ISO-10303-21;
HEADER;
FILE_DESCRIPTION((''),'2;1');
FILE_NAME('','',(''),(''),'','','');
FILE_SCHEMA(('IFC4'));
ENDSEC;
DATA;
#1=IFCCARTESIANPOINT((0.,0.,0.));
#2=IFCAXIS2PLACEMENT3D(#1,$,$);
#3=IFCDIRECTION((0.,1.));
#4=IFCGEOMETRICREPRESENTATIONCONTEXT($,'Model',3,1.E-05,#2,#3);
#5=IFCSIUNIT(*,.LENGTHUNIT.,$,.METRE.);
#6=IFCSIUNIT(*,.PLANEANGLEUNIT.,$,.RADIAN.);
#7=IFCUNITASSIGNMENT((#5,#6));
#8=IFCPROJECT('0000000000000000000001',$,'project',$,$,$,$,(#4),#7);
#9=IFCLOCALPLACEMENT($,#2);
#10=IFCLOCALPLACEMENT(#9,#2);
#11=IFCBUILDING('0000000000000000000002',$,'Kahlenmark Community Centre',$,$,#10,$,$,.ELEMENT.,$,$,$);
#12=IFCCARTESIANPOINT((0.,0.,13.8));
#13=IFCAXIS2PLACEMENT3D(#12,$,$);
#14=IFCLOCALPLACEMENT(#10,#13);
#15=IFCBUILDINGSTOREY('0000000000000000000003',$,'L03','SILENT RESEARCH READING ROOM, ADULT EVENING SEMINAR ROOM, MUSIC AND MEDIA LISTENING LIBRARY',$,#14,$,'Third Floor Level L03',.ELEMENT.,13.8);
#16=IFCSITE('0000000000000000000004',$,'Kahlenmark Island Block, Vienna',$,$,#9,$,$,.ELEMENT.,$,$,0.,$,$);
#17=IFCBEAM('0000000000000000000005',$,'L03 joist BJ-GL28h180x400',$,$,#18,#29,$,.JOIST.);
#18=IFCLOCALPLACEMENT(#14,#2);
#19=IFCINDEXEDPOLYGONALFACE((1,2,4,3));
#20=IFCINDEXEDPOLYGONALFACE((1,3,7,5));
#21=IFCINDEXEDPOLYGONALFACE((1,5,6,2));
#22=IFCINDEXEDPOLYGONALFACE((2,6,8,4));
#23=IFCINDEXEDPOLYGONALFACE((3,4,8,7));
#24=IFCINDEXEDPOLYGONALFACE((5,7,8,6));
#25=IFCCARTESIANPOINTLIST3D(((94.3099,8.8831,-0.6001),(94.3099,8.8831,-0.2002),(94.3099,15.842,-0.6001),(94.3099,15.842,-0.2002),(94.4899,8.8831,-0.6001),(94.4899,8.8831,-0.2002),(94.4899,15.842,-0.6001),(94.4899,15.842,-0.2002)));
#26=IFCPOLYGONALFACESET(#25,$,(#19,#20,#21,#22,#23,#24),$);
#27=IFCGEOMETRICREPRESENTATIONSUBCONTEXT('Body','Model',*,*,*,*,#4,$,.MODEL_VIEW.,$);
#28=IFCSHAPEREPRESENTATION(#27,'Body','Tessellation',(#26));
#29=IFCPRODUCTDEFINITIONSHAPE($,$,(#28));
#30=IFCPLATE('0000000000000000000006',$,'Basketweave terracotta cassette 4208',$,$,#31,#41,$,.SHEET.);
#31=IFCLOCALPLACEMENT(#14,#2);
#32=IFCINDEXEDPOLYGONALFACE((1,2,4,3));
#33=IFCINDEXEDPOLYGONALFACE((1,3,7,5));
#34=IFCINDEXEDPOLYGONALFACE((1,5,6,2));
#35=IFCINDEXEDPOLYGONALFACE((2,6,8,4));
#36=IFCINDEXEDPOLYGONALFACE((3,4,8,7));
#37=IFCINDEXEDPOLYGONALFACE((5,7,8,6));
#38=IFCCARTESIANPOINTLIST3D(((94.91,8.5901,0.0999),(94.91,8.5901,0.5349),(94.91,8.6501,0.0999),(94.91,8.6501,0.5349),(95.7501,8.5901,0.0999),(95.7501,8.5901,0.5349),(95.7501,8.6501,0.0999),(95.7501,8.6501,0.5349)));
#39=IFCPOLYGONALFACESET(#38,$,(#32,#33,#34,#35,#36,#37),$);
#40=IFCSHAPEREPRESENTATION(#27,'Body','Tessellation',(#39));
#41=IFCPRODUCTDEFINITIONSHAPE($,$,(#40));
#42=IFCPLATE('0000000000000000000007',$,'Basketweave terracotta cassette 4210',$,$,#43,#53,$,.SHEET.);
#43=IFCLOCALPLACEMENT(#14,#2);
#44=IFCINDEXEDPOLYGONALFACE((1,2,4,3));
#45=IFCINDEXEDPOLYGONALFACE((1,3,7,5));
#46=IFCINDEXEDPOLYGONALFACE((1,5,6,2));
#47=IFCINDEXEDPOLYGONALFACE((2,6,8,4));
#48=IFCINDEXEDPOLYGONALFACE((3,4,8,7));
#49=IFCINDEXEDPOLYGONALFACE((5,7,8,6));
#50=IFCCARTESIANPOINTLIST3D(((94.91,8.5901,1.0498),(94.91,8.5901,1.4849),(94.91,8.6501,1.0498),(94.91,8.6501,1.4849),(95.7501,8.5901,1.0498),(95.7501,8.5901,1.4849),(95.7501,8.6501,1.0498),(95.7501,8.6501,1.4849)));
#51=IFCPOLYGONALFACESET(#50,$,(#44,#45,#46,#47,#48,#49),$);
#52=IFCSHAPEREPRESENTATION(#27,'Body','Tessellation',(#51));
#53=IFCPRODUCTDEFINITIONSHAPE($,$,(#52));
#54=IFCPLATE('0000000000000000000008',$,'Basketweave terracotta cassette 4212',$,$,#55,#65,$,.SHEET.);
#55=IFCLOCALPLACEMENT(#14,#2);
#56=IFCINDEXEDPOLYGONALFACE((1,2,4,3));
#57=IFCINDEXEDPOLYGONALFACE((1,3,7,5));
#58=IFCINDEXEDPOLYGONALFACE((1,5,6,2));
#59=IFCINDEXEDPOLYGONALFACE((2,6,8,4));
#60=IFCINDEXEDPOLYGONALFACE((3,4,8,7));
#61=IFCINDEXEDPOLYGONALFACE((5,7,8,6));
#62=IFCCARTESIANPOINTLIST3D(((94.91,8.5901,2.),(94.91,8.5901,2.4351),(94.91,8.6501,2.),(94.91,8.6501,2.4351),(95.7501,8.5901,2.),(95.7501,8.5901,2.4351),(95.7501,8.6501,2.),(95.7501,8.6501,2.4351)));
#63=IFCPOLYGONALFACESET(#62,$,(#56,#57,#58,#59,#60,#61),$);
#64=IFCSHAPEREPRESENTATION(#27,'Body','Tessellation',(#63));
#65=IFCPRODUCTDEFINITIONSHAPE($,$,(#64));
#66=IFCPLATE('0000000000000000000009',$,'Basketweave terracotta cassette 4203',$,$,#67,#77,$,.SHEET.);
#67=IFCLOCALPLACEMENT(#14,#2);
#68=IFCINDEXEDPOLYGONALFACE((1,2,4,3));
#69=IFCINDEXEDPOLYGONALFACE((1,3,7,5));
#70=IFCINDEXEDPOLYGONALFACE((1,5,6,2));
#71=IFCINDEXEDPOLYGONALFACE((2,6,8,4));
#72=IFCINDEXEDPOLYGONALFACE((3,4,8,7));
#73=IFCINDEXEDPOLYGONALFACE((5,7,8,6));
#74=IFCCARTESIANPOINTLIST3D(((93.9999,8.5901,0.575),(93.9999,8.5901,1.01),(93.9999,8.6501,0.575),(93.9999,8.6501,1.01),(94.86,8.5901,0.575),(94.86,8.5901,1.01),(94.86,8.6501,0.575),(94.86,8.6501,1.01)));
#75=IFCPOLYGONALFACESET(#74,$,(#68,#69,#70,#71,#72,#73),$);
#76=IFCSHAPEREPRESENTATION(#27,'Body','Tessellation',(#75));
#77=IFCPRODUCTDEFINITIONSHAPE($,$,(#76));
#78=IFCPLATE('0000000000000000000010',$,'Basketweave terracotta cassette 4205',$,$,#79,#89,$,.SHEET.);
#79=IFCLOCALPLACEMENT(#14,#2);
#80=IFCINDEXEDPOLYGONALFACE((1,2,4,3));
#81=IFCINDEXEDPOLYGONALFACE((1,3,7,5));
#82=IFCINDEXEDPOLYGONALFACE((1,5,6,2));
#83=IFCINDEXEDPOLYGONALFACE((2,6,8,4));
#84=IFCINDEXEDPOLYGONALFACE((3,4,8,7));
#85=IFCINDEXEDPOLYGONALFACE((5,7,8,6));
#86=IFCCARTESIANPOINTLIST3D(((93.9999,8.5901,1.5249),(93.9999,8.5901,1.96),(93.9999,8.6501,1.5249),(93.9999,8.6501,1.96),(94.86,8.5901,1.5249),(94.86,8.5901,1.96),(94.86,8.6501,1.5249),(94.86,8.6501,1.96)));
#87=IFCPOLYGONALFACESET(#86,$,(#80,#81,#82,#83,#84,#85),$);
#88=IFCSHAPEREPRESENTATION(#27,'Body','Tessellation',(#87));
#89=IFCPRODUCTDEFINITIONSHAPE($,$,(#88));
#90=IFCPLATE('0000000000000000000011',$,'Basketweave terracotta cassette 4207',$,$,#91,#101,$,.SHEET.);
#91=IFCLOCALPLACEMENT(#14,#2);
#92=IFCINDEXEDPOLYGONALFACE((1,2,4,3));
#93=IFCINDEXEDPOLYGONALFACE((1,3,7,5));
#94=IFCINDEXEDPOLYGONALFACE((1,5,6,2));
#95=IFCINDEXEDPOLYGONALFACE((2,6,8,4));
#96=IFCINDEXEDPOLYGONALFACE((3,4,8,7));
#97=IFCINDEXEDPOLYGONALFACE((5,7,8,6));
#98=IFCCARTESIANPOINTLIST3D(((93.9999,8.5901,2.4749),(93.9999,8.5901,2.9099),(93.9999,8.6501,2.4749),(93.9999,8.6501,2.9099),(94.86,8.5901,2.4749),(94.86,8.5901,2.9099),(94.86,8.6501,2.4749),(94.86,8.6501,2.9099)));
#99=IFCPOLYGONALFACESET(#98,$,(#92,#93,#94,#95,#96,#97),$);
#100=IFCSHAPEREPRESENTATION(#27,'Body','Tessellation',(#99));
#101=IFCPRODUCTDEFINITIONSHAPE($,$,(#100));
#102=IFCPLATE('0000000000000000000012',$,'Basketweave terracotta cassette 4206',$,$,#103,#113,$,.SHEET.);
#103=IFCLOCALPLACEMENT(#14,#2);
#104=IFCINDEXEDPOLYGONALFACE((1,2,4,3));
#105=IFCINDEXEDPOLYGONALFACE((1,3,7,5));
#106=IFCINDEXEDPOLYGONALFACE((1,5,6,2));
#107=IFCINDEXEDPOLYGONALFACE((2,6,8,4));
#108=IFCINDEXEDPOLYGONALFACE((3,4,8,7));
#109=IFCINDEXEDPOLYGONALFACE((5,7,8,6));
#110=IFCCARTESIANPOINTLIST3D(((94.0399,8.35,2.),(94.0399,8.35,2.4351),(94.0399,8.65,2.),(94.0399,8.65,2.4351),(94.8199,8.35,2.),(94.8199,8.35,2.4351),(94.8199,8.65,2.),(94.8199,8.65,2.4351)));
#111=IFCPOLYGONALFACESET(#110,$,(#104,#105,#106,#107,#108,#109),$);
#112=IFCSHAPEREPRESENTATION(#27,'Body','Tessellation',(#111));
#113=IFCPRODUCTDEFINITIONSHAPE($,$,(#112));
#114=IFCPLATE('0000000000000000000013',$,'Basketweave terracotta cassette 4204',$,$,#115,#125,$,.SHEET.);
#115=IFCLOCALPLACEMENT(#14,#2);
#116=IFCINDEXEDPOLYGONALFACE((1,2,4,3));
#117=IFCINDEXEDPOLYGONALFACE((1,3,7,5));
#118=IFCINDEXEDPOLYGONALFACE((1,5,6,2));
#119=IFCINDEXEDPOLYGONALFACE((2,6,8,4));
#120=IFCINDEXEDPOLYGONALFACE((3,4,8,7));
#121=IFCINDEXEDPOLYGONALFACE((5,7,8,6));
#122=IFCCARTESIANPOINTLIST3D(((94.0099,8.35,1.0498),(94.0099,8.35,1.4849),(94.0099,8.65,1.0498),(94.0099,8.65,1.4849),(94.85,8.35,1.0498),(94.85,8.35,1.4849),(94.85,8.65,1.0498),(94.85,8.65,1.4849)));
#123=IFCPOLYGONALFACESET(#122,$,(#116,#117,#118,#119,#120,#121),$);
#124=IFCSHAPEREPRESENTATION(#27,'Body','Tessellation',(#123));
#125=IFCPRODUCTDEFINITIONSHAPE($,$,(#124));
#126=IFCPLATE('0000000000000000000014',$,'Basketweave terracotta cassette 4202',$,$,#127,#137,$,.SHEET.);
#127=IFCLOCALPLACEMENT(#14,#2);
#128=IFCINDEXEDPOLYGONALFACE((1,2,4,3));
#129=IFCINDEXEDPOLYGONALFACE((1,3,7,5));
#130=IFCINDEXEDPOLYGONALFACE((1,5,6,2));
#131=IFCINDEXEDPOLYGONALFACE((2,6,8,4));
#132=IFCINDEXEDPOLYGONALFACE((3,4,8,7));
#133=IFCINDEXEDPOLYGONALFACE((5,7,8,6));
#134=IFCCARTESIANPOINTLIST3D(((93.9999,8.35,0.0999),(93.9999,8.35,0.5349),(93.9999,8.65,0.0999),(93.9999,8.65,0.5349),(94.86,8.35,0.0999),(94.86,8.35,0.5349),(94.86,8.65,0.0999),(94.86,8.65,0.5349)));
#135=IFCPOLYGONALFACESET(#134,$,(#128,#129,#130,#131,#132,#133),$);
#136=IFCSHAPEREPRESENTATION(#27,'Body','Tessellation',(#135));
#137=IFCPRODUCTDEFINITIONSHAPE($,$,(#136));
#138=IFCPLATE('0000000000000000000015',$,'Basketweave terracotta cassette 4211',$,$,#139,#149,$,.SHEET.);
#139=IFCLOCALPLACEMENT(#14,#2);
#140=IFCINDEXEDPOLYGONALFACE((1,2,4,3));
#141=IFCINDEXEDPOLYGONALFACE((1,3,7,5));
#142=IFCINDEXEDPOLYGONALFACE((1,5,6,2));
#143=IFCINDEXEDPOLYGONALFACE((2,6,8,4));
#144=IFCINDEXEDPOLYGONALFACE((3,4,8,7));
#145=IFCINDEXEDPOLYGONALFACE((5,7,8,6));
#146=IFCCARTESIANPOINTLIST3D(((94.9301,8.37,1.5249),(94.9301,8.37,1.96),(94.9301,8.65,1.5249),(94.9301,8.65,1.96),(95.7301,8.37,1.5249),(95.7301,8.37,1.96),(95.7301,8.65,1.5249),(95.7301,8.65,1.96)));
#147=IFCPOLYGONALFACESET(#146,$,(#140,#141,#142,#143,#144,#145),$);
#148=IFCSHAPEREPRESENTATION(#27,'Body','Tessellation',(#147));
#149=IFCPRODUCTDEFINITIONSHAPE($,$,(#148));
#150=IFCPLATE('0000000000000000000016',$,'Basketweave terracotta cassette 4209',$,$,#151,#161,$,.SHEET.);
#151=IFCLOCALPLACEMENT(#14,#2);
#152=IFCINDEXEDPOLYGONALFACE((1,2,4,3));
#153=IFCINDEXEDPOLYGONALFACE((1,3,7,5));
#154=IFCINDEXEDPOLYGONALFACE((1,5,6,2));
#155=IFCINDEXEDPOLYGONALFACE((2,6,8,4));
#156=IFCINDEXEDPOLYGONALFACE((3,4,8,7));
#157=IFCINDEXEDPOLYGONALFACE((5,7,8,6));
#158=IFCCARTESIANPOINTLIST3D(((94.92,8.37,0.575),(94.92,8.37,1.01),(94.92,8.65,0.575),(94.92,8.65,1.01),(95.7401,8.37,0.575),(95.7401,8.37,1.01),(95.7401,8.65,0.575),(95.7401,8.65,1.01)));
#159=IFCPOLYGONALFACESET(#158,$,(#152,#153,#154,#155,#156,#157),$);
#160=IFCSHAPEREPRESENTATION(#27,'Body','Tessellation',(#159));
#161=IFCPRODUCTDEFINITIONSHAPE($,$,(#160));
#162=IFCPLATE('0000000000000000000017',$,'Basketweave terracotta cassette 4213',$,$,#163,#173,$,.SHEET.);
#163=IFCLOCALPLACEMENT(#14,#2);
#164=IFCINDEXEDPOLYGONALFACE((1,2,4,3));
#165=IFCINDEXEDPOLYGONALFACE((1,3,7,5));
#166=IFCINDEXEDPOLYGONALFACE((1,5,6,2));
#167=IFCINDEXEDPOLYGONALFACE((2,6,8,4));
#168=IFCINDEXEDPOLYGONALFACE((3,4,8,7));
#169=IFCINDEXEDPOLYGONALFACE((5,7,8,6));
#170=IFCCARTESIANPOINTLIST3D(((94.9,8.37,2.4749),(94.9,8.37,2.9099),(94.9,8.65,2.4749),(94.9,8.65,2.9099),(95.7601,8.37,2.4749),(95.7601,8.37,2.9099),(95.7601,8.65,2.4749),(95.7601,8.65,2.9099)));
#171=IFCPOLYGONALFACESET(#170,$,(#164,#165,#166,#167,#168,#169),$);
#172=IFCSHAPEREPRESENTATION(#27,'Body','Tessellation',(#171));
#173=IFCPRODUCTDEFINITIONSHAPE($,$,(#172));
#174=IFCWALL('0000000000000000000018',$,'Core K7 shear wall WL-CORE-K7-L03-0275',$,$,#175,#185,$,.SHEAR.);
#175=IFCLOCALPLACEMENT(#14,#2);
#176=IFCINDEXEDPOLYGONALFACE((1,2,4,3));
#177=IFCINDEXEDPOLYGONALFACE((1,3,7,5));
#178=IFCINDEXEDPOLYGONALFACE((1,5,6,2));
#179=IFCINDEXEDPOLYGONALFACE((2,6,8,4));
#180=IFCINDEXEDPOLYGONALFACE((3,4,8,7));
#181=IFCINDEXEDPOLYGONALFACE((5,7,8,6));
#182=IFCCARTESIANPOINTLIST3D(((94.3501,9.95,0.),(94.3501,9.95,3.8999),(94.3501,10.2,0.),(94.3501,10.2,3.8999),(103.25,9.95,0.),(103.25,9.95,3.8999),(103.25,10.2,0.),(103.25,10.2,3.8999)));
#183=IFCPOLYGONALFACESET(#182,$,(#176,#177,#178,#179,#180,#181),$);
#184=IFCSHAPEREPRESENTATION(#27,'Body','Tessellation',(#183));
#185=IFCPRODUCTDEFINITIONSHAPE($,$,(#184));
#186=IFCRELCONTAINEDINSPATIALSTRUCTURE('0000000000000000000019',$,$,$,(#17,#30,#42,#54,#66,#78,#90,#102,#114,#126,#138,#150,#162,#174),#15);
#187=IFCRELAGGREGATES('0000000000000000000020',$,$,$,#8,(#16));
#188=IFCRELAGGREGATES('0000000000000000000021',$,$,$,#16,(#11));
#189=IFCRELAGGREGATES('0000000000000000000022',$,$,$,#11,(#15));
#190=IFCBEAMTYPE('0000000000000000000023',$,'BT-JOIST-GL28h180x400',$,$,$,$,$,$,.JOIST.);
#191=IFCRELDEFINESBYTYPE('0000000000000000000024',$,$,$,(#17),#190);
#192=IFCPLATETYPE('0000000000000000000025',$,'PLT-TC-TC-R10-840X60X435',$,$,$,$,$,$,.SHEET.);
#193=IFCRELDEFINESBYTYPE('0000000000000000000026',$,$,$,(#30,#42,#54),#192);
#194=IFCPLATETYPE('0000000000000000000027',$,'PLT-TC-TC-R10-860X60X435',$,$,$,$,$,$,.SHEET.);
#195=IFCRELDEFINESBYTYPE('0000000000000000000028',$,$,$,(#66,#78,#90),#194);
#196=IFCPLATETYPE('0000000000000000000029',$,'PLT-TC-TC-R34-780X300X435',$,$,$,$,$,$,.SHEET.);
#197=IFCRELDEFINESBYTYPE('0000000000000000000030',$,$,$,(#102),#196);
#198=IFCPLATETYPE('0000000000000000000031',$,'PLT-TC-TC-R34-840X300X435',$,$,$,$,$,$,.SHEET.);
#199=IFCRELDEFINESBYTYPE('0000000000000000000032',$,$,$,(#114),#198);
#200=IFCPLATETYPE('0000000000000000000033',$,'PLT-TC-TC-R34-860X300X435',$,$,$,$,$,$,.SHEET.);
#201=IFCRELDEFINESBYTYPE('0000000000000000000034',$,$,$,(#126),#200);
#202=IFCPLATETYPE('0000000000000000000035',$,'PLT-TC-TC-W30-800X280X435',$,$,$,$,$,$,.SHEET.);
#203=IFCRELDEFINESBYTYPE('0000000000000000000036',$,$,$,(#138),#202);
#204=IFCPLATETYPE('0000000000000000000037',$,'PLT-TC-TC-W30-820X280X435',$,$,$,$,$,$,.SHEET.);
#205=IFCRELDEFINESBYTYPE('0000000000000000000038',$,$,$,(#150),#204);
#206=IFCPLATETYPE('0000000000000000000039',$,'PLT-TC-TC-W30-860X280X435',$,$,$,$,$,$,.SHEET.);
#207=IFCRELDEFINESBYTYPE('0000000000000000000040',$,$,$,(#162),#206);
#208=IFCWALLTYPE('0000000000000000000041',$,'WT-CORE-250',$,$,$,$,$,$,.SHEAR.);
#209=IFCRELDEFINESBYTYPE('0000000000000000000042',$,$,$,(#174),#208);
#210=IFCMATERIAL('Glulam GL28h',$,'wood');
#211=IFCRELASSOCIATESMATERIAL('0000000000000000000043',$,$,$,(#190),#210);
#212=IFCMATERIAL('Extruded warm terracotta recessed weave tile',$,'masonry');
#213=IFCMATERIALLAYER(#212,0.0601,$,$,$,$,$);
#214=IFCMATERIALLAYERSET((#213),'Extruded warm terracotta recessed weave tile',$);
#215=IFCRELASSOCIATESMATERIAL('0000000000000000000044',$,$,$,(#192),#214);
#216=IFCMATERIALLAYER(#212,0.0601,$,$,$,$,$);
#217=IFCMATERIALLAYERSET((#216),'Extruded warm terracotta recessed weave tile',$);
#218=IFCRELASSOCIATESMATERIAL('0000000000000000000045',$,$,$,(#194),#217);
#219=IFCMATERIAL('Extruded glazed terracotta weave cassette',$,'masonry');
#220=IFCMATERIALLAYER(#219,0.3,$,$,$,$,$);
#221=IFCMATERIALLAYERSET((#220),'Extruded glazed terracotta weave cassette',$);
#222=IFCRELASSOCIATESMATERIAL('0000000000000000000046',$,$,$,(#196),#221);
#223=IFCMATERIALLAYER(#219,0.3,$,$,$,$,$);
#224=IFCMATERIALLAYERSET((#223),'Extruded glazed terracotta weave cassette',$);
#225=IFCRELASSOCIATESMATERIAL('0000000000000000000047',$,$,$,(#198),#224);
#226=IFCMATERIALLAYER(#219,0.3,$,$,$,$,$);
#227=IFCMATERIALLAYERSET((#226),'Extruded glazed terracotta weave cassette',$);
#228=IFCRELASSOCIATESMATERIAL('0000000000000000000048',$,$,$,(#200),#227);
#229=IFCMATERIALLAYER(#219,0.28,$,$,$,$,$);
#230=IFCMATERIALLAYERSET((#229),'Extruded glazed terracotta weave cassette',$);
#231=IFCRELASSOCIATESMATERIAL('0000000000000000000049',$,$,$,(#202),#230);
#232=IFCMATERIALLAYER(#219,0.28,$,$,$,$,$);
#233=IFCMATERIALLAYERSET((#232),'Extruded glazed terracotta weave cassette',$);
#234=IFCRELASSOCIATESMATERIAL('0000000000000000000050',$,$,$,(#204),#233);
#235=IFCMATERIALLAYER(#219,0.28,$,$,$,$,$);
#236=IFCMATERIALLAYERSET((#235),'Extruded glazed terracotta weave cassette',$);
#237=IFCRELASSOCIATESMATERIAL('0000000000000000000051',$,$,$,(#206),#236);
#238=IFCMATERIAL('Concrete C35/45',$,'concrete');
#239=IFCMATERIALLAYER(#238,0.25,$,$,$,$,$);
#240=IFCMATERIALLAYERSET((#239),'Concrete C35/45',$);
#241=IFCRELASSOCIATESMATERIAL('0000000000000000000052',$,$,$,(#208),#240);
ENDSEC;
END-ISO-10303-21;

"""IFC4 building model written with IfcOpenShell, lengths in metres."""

from ifc_helpers import new_model, si_unit, direction, frame, frame_2d, origin, origin_2d, place, context, subcontext, project, spatial, rectangle, extrude, material, layer, layer_set, material_profile, profile_set, type_object, element, save


model = new_model("IFC4")

# Units and contexts
model_context = context("Model", 3, precision=1e-05, world=origin(), true_north=direction((0.0, 1.0)))
body_context = subcontext(model_context, "Body", "Model", "MODEL_VIEW")
ifc_project = project(units=[si_unit("LENGTHUNIT", "METRE"), si_unit("PLANEANGLEUNIT", "RADIAN")], contexts=[model_context])

# Site, building, storey
site_placement = place(None, origin())
site = spatial("IfcSite", under=ifc_project, at=site_placement, Name="Kahlenmark Island Block, Vienna", CompositionType="ELEMENT", RefElevation=0.0)
building_placement = place(site_placement, origin())
building = spatial("IfcBuilding", under=site, at=building_placement, Name="Kahlenmark Community Centre", CompositionType="ELEMENT")
storey_placement = place(building_placement, frame((0.0, 0.0, 13.8)))
storey = spatial("IfcBuildingStorey", under=building, at=storey_placement, Name="L03", Description="SILENT RESEARCH READING ROOM, ADULT EVENING SEMINAR ROOM, MUSIC AND MEDIA LISTENING LIBRARY", LongName="Third Floor Level L03", CompositionType="ELEMENT", Elevation=13.8)

# Beam
ifc_material_1 = material(Name="Glulam GL28h", Category="wood")
ifc_material_profile = material_profile(ifc_material_1, rectangle(XDim=0.1799, YDim=0.3999, at=origin_2d()), Name="GL28h 180x400")
ifc_profile_set = profile_set([ifc_material_profile], Name="Glulam GL28h")
beam_type = type_object("IfcBeamType", Name="BT-JOIST-GL28h180x400", PredefinedType="JOIST", material=ifc_profile_set)
beam_placement = place(storey_placement, frame((94.3999, 8.8831, -0.4001), z_axis=(0.0, 1.0, 0.0), x_axis=(-1.0, 0.0, 0.0)))
element("IfcBeam", 1, at=beam_placement, inside=storey, type_object=beam_type, Name="L03 joist BJ-GL28h180x400", PredefinedType="JOIST", context=body_context, shape_type="SweptSolid", body=[
    extrude(rectangle(XDim=0.1799, YDim=0.3999, at=origin_2d()), origin(), (0.0, 0.0, 1.0), 6.959),
])

# Plates
ifc_material_2 = material(Name="Extruded warm terracotta recessed weave tile", Category="masonry")
ifc_layer_1 = layer(ifc_material_2, 0.0601)
ifc_layer_set_1 = layer_set([ifc_layer_1], Name="Extruded warm terracotta recessed weave tile")
plate_type_1 = type_object("IfcPlateType", Name="PLT-TC-TC-R10-840X60X435", PredefinedType="SHEET", material=ifc_layer_set_1)
for number, where, z_axis, x_axis, name in (
    (2, (95.3301, 8.6201, 0.0999), (0.0, 0.0, 1.0), (1.0, 0.0, 0.0), "Basketweave terracotta cassette 4208"),
    (3, (95.3301, 8.6201, 1.0498), (0.0, 0.0, 1.0), (1.0, 0.0, 0.0), "Basketweave terracotta cassette 4210"),
    (4, (95.3301, 8.6201, 2.0), (0.0, 0.0, 1.0), (1.0, 0.0, 0.0), "Basketweave terracotta cassette 4212"),
):
    element("IfcPlate", number, at=place(storey_placement, frame(where, z_axis=z_axis, x_axis=x_axis)), inside=storey, type_object=plate_type_1, Name=name, PredefinedType="SHEET", context=body_context, shape_type="SweptSolid", body=[
        extrude(rectangle(XDim=0.8401, YDim=0.0601, at=origin_2d()), origin(), (0.0, 0.0, 1.0), 0.4351),
    ])
ifc_layer_2 = layer(ifc_material_2, 0.0601)
ifc_layer_set_2 = layer_set([ifc_layer_2], Name="Extruded warm terracotta recessed weave tile")
plate_type_2 = type_object("IfcPlateType", Name="PLT-TC-TC-R10-860X60X435", PredefinedType="SHEET", material=ifc_layer_set_2)
for number, where, z_axis, x_axis, name in (
    (5, (94.4299, 8.6201, 0.575), (0.0, 0.0, 1.0), (1.0, 0.0, 0.0), "Basketweave terracotta cassette 4203"),
    (6, (94.4299, 8.6201, 1.5249), (0.0, 0.0, 1.0), (1.0, 0.0, 0.0), "Basketweave terracotta cassette 4205"),
    (7, (94.4299, 8.6201, 2.4749), (0.0, 0.0, 1.0), (1.0, 0.0, 0.0), "Basketweave terracotta cassette 4207"),
):
    element("IfcPlate", number, at=place(storey_placement, frame(where, z_axis=z_axis, x_axis=x_axis)), inside=storey, type_object=plate_type_2, Name=name, PredefinedType="SHEET", context=body_context, shape_type="SweptSolid", body=[
        extrude(rectangle(XDim=0.8601, YDim=0.0601, at=origin_2d()), origin(), (0.0, 0.0, 1.0), 0.4351),
    ])
ifc_material_3 = material(Name="Extruded glazed terracotta weave cassette", Category="masonry")
ifc_layer_3 = layer(ifc_material_3, 0.3)
ifc_layer_set_3 = layer_set([ifc_layer_3], Name="Extruded glazed terracotta weave cassette")
plate_type_3 = type_object("IfcPlateType", Name="PLT-TC-TC-R34-780X300X435", PredefinedType="SHEET", material=ifc_layer_set_3)
plate_1_placement = place(storey_placement, frame((94.4299, 8.5, 2.0), z_axis=(0.0, 0.0, 1.0), x_axis=(1.0, 0.0, 0.0)))
element("IfcPlate", 8, at=plate_1_placement, inside=storey, type_object=plate_type_3, Name="Basketweave terracotta cassette 4206", PredefinedType="SHEET", context=body_context, shape_type="SweptSolid", body=[
    extrude(rectangle(XDim=0.78, YDim=0.3, at=origin_2d()), origin(), (0.0, 0.0, 1.0), 0.4351),
])
ifc_layer_4 = layer(ifc_material_3, 0.3)
ifc_layer_set_4 = layer_set([ifc_layer_4], Name="Extruded glazed terracotta weave cassette")
plate_type_4 = type_object("IfcPlateType", Name="PLT-TC-TC-R34-840X300X435", PredefinedType="SHEET", material=ifc_layer_set_4)
plate_2_placement = place(storey_placement, frame((94.4299, 8.5, 1.0498), z_axis=(0.0, 0.0, 1.0), x_axis=(1.0, 0.0, 0.0)))
element("IfcPlate", 9, at=plate_2_placement, inside=storey, type_object=plate_type_4, Name="Basketweave terracotta cassette 4204", PredefinedType="SHEET", context=body_context, shape_type="SweptSolid", body=[
    extrude(rectangle(XDim=0.8401, YDim=0.3, at=origin_2d()), origin(), (0.0, 0.0, 1.0), 0.4351),
])
ifc_layer_5 = layer(ifc_material_3, 0.3)
ifc_layer_set_5 = layer_set([ifc_layer_5], Name="Extruded glazed terracotta weave cassette")
plate_type_5 = type_object("IfcPlateType", Name="PLT-TC-TC-R34-860X300X435", PredefinedType="SHEET", material=ifc_layer_set_5)
plate_3_placement = place(storey_placement, frame((94.4299, 8.5, 0.0999), z_axis=(0.0, 0.0, 1.0), x_axis=(1.0, 0.0, 0.0)))
element("IfcPlate", 10, at=plate_3_placement, inside=storey, type_object=plate_type_5, Name="Basketweave terracotta cassette 4202", PredefinedType="SHEET", context=body_context, shape_type="SweptSolid", body=[
    extrude(rectangle(XDim=0.8601, YDim=0.3, at=origin_2d()), origin(), (0.0, 0.0, 1.0), 0.4351),
])
ifc_layer_6 = layer(ifc_material_3, 0.28)
ifc_layer_set_6 = layer_set([ifc_layer_6], Name="Extruded glazed terracotta weave cassette")
plate_type_6 = type_object("IfcPlateType", Name="PLT-TC-TC-W30-800X280X435", PredefinedType="SHEET", material=ifc_layer_set_6)
plate_4_placement = place(storey_placement, frame((95.3301, 8.51, 1.5249), z_axis=(0.0, 0.0, 1.0), x_axis=(1.0, 0.0, 0.0)))
element("IfcPlate", 11, at=plate_4_placement, inside=storey, type_object=plate_type_6, Name="Basketweave terracotta cassette 4211", PredefinedType="SHEET", context=body_context, shape_type="SweptSolid", body=[
    extrude(rectangle(XDim=0.8, YDim=0.28, at=origin_2d()), origin(), (0.0, 0.0, 1.0), 0.4351),
])
ifc_layer_7 = layer(ifc_material_3, 0.28)
ifc_layer_set_7 = layer_set([ifc_layer_7], Name="Extruded glazed terracotta weave cassette")
plate_type_7 = type_object("IfcPlateType", Name="PLT-TC-TC-W30-820X280X435", PredefinedType="SHEET", material=ifc_layer_set_7)
plate_5_placement = place(storey_placement, frame((95.3301, 8.51, 0.575), z_axis=(0.0, 0.0, 1.0), x_axis=(1.0, 0.0, 0.0)))
element("IfcPlate", 12, at=plate_5_placement, inside=storey, type_object=plate_type_7, Name="Basketweave terracotta cassette 4209", PredefinedType="SHEET", context=body_context, shape_type="SweptSolid", body=[
    extrude(rectangle(XDim=0.8201, YDim=0.28, at=origin_2d()), origin(), (0.0, 0.0, 1.0), 0.4351),
])
ifc_layer_8 = layer(ifc_material_3, 0.28)
ifc_layer_set_8 = layer_set([ifc_layer_8], Name="Extruded glazed terracotta weave cassette")
plate_type_8 = type_object("IfcPlateType", Name="PLT-TC-TC-W30-860X280X435", PredefinedType="SHEET", material=ifc_layer_set_8)
plate_6_placement = place(storey_placement, frame((95.3301, 8.51, 2.4749), z_axis=(0.0, 0.0, 1.0), x_axis=(1.0, 0.0, 0.0)))
element("IfcPlate", 13, at=plate_6_placement, inside=storey, type_object=plate_type_8, Name="Basketweave terracotta cassette 4213", PredefinedType="SHEET", context=body_context, shape_type="SweptSolid", body=[
    extrude(rectangle(XDim=0.8601, YDim=0.28, at=origin_2d()), origin(), (0.0, 0.0, 1.0), 0.4351),
])

# Wall
ifc_material_4 = material(Name="Concrete C35/45", Category="concrete")
ifc_layer_9 = layer(ifc_material_4, 0.25)
ifc_layer_set_9 = layer_set([ifc_layer_9], Name="Concrete C35/45")
wall_type_1 = type_object("IfcWallType", Name="WT-CORE-250", PredefinedType="SHEAR", material=ifc_layer_set_9)
wall_1_placement = place(storey_placement, frame((94.3501, 10.075, 0.0), z_axis=(0.0, 0.0, 1.0), x_axis=(1.0, 0.0, 0.0)))
element("IfcWall", 14, at=wall_1_placement, inside=storey, type_object=wall_type_1, Name="Core K7 shear wall WL-CORE-K7-L03-0275", PredefinedType="SHEAR", context=body_context, shape_type="SweptSolid", body=[
    extrude(rectangle(XDim=8.8999, YDim=0.25, at=frame_2d((4.45, 0.0))), origin(), (0.0, 0.0, 1.0), 3.8999),
])

save(model, "model.ifc")
